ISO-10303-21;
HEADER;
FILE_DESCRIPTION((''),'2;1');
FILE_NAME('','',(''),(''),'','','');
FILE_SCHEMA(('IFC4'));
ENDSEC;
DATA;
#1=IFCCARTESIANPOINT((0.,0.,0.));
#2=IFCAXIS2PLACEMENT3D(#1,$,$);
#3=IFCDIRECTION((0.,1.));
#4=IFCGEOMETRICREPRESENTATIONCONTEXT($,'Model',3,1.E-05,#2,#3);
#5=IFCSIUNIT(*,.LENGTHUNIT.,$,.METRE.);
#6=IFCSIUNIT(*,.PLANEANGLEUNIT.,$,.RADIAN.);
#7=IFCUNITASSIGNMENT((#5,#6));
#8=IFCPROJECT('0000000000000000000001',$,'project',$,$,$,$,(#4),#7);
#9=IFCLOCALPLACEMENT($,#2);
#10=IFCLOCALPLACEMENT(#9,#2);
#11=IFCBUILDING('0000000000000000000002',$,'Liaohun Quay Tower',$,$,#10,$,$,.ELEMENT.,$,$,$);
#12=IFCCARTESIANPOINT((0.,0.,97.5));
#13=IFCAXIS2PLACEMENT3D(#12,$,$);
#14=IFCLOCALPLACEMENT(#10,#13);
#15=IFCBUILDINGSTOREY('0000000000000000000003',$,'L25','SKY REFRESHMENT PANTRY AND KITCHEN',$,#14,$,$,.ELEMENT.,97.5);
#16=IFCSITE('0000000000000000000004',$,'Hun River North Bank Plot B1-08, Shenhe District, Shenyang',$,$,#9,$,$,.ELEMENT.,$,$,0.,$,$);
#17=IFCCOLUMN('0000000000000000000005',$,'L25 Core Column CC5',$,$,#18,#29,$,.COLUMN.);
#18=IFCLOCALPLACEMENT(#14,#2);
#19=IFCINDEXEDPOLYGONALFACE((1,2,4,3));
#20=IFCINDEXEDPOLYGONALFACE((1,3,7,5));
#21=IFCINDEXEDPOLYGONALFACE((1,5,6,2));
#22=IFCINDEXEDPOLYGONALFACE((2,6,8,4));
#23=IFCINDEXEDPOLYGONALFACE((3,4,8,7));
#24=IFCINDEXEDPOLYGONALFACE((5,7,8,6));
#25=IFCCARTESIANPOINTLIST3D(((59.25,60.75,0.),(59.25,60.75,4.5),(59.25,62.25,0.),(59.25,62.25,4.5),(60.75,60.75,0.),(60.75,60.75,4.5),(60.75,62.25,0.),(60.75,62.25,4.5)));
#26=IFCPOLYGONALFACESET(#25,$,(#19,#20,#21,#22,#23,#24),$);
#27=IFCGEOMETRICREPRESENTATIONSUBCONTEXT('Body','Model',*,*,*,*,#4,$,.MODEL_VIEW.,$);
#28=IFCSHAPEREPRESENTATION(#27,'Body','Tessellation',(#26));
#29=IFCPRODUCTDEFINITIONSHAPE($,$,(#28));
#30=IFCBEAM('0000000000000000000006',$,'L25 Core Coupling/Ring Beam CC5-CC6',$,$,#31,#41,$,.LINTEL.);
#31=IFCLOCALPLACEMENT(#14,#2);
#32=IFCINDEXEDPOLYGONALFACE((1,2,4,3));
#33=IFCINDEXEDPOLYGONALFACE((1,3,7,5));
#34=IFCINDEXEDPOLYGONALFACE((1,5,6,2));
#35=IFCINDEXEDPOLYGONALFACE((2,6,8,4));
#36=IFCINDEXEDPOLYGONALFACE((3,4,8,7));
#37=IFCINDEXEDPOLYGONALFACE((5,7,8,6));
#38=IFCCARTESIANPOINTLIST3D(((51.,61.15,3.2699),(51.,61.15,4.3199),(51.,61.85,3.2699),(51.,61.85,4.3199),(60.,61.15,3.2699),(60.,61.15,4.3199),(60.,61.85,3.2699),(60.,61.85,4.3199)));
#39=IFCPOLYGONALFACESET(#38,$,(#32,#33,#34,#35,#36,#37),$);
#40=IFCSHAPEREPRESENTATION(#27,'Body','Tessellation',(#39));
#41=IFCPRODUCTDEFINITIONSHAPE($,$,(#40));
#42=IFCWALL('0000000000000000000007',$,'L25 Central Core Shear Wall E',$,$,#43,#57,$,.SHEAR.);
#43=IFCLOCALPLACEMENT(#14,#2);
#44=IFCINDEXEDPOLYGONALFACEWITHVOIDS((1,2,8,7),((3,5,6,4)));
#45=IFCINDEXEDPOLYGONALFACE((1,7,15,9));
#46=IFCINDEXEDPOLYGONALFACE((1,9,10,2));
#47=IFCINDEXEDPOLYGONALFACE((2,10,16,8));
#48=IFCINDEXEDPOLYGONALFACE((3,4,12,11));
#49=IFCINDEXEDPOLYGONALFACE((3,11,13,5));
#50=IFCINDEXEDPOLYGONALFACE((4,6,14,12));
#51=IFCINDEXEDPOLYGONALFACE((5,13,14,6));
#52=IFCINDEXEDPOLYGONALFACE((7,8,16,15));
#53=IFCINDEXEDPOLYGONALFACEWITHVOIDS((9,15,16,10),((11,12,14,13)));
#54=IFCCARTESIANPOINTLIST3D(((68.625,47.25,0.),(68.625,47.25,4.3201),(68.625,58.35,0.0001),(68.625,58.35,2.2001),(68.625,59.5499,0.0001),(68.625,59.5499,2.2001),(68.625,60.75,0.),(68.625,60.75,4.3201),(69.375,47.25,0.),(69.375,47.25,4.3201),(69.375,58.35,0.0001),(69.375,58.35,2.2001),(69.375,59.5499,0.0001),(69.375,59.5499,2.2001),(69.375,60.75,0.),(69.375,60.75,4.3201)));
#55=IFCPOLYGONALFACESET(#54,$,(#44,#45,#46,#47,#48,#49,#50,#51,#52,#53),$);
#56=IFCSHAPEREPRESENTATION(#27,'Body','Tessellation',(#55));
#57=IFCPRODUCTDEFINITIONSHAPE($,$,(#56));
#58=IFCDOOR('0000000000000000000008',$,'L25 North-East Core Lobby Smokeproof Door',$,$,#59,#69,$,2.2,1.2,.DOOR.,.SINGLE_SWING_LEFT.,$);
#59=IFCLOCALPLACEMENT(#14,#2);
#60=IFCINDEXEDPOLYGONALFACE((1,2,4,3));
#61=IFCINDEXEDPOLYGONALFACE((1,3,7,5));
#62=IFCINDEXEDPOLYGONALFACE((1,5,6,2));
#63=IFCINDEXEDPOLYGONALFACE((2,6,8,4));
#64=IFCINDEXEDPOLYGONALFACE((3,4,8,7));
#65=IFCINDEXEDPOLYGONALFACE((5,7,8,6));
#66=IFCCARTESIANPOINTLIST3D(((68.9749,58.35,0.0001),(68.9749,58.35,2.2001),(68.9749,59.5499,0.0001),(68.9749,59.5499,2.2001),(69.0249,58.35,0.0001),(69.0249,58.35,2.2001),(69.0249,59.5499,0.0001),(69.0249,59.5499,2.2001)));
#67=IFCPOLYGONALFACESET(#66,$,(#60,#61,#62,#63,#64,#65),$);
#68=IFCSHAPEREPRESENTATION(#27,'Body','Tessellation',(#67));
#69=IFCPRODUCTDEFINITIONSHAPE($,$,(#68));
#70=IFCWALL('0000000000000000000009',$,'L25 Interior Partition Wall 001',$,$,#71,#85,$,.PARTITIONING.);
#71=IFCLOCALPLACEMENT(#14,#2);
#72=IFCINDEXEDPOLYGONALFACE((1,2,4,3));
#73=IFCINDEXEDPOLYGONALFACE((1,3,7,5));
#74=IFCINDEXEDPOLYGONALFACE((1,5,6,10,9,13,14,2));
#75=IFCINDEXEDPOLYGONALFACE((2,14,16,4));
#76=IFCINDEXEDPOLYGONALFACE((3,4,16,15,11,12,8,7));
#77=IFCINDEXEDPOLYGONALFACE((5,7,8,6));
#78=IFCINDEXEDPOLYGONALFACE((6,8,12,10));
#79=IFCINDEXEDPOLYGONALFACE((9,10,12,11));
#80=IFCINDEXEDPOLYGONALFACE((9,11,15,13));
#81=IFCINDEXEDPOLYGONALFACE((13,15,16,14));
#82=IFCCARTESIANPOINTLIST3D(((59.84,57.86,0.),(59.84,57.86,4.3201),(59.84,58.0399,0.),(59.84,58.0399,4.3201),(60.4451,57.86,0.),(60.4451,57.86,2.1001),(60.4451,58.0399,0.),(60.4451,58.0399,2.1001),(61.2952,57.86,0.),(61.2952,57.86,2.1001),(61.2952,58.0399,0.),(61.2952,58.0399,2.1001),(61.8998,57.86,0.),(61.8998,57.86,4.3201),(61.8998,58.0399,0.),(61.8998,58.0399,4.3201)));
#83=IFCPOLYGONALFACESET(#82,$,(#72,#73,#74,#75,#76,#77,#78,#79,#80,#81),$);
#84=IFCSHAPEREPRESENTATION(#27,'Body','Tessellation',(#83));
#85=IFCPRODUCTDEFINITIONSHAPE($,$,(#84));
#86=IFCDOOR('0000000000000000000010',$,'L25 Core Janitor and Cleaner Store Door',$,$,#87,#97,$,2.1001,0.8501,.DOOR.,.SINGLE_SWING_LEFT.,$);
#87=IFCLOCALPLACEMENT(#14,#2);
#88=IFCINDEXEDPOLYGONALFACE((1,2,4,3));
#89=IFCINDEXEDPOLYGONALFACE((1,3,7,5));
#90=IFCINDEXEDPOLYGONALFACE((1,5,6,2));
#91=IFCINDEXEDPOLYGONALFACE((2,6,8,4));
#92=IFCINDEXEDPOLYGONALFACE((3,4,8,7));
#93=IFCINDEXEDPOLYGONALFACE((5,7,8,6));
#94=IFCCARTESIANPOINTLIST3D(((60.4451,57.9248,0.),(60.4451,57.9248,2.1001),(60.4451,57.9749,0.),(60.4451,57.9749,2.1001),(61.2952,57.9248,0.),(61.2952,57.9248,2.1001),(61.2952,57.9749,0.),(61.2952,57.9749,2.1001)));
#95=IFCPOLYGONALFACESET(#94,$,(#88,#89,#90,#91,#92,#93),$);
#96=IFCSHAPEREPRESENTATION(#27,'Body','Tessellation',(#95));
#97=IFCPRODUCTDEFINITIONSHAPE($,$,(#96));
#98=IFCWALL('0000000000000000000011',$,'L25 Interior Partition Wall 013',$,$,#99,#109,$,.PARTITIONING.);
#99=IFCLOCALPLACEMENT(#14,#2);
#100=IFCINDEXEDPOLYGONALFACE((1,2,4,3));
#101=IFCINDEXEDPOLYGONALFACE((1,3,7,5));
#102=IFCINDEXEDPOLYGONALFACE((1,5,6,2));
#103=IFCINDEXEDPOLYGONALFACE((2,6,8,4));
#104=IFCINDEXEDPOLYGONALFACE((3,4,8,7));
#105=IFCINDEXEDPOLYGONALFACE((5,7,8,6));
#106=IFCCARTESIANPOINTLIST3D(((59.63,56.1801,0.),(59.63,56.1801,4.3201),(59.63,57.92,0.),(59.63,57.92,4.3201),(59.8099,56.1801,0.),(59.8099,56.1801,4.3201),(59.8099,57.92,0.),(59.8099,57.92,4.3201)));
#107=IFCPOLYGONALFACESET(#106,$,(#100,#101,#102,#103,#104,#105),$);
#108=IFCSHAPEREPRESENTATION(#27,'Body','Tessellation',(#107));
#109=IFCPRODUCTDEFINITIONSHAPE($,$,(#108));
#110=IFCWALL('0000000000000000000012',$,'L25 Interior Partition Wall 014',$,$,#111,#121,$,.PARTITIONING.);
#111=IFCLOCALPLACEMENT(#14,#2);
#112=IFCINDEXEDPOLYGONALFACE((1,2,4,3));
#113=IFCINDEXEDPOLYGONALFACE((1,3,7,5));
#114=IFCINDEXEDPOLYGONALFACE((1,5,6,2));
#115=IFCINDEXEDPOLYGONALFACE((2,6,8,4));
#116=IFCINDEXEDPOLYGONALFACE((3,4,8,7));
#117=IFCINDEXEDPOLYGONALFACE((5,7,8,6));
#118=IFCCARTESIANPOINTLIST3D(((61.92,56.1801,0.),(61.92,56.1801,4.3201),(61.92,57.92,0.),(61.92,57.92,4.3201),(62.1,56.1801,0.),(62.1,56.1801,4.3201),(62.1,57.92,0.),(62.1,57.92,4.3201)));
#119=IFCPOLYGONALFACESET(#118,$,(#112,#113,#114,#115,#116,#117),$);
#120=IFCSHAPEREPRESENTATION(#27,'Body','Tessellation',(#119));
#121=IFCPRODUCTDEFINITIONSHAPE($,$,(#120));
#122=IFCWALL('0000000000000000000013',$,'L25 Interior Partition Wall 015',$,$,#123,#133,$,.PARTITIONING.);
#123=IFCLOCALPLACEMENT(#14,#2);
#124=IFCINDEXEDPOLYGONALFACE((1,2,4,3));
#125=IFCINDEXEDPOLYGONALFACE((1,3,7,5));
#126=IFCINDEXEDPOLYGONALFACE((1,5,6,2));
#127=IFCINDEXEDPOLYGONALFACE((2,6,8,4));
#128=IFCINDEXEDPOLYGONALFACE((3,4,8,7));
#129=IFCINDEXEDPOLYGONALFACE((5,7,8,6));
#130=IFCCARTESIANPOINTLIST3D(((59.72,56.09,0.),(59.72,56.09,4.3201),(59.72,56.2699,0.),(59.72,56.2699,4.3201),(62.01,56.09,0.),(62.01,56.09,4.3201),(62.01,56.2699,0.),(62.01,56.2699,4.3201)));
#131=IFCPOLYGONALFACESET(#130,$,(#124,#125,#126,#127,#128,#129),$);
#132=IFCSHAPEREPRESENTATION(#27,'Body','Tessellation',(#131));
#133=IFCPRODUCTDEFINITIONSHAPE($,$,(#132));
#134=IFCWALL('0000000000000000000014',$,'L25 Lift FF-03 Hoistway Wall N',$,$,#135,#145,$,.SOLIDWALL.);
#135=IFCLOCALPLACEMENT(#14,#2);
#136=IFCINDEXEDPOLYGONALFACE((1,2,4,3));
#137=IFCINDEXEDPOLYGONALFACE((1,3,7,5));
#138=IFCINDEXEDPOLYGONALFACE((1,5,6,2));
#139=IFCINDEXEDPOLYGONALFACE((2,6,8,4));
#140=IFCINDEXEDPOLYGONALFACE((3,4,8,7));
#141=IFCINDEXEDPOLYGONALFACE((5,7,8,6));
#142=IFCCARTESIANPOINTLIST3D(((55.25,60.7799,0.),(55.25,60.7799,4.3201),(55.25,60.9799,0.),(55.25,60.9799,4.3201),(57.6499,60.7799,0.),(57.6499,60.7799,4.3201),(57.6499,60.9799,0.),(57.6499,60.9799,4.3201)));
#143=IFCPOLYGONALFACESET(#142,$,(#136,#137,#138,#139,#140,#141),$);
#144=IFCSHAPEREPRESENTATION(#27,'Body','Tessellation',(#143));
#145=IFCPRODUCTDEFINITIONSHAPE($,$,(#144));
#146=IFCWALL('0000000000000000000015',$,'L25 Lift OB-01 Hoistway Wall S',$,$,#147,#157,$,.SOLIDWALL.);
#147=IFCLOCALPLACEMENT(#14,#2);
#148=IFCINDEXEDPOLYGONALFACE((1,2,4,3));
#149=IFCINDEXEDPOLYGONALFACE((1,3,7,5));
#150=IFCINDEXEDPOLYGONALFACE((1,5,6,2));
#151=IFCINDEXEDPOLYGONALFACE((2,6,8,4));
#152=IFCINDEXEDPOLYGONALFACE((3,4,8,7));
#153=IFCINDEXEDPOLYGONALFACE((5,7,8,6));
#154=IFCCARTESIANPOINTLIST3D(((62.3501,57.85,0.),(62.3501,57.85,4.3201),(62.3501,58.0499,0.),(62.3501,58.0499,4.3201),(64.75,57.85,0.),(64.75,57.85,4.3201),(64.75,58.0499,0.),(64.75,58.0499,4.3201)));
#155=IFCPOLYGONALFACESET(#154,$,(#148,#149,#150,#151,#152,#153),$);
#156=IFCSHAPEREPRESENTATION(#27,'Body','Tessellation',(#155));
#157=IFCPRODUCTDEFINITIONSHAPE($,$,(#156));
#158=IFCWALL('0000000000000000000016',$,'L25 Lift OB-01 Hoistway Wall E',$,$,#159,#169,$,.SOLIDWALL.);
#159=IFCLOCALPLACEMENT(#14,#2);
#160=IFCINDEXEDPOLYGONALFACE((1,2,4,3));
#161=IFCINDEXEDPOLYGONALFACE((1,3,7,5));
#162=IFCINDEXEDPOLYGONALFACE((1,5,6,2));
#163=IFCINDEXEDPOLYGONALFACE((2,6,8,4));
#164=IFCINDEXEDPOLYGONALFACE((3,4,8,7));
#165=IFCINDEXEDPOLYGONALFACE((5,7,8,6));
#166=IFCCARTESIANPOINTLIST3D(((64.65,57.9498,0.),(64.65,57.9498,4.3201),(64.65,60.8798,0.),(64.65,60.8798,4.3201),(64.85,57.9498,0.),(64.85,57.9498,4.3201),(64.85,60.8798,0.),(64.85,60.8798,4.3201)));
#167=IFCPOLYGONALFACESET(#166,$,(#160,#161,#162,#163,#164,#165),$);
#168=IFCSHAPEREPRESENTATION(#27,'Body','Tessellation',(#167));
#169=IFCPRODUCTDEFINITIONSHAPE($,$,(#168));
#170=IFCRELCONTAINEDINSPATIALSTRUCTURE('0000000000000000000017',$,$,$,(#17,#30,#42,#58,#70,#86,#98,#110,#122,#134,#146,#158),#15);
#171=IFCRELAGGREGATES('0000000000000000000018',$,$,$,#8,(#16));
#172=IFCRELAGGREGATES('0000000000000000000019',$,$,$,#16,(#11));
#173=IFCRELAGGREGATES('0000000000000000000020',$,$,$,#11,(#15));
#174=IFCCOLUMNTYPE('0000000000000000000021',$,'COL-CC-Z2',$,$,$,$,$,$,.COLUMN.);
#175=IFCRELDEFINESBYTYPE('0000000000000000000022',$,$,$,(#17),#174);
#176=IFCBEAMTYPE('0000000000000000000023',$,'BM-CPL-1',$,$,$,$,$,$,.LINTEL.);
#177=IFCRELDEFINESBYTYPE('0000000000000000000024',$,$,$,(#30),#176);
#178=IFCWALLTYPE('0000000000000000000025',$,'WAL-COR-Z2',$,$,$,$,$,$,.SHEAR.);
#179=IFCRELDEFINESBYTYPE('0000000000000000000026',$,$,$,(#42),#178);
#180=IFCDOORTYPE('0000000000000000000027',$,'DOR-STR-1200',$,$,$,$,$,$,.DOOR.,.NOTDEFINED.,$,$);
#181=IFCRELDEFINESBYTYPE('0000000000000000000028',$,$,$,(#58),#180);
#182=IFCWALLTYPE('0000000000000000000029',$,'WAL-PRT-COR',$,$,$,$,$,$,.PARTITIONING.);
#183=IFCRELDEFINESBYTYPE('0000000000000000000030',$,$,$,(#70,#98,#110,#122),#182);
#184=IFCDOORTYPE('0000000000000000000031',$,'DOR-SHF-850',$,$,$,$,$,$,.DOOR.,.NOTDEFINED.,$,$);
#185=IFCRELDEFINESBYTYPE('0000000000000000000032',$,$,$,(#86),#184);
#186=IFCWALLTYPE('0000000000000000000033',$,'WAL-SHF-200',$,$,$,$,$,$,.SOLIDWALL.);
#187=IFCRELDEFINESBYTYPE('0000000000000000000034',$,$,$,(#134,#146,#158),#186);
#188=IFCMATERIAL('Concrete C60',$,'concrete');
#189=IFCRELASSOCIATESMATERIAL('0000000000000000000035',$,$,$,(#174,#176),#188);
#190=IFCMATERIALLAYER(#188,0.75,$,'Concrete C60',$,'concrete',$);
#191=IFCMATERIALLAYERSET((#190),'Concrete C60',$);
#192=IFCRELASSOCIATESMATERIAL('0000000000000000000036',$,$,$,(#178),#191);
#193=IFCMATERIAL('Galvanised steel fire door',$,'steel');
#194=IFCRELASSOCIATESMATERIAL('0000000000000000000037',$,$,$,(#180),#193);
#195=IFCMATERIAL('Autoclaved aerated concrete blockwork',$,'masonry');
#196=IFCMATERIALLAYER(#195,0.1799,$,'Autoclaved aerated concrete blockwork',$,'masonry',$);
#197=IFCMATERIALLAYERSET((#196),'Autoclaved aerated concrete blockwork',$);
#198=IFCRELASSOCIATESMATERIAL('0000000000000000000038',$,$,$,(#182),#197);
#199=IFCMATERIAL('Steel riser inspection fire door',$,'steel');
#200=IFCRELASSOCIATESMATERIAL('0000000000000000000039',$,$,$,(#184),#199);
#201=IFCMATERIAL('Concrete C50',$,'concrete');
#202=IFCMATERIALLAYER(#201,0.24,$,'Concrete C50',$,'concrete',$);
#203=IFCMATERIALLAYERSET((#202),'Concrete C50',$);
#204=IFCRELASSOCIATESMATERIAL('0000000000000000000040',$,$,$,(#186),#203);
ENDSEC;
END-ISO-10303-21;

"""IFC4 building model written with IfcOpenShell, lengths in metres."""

from ifc_helpers import new_model, si_unit, direction, frame, frame_2d, origin, origin_2d, place, context, subcontext, project, spatial, rectangle, extrude, source, transform, mapped, material, layer, layer_set, material_profile, profile_set, type_object, element, fill, save


model = new_model("IFC4")

# Units and contexts
model_context = context("Model", 3, precision=1e-05, world=origin(), true_north=direction((0.0, 1.0)))
body_context = subcontext(model_context, "Body", "Model", "MODEL_VIEW")
ifc_project = project(units=[si_unit("LENGTHUNIT", "METRE"), si_unit("PLANEANGLEUNIT", "RADIAN")], contexts=[model_context])

# Site, building, storey
site_placement = place(None, origin())
site = spatial("IfcSite", under=ifc_project, at=site_placement, Name="Hun River North Bank Plot B1-08, Shenhe District, Shenyang", CompositionType="ELEMENT", RefElevation=0.0)
building_placement = place(site_placement, origin())
building = spatial("IfcBuilding", under=site, at=building_placement, Name="Liaohun Quay Tower", CompositionType="ELEMENT")
storey_placement = place(building_placement, frame((0.0, 0.0, 97.5)))
storey = spatial("IfcBuildingStorey", under=building, at=storey_placement, Name="L25", Description="SKY REFRESHMENT PANTRY AND KITCHEN", CompositionType="ELEMENT", Elevation=97.5)

# Column
ifc_material_1 = material(Name="Concrete C60", Category="concrete")
ifc_material_profile_1 = material_profile(ifc_material_1, rectangle(XDim=1.5, YDim=1.5, at=origin_2d()), Name="RC1500x1500")
ifc_profile_set_1 = profile_set([ifc_material_profile_1], Name="Concrete C60")
column_type = type_object("IfcColumnType", Name="COL-CC-Z2", PredefinedType="COLUMN", material=ifc_profile_set_1)
shared_shape_1 = source(origin(), body_context, "Body", "SweptSolid", [
    extrude(rectangle(XDim=1.5, YDim=1.5, at=origin_2d()), origin(), (0.0, 0.0, 1.0), 4.5),
])
column_placement = place(storey_placement, frame((60.0, 61.5, 0.0), z_axis=(0.0, 0.0, 1.0), x_axis=(1.0, 0.0, 0.0)))
element("IfcColumn", 1, at=column_placement, inside=storey, type_object=column_type, Name="L25 Core Column CC5", PredefinedType="COLUMN", context=body_context, shape_type="MappedRepresentation", body=[
    mapped(shared_shape_1, transform((0.0, 0.0, 0.0), x_axis=(1.0, 0.0, 0.0), y_axis=(0.0, 1.0, 0.0), z_axis=(0.0, 0.0, 1.0), scale=1.0)),
])

# Beam
ifc_material_profile_2 = material_profile(ifc_material_1, rectangle(XDim=0.7, YDim=1.05, at=origin_2d()), Name="RC700x1050")
ifc_profile_set_2 = profile_set([ifc_material_profile_2], Name="Concrete C60")
beam_type = type_object("IfcBeamType", Name="BM-CPL-1", PredefinedType="LINTEL", material=ifc_profile_set_2)
shared_shape_2 = source(origin(), body_context, "Body", "SweptSolid", [
    extrude(rectangle(XDim=0.7, YDim=1.05, at=origin_2d()), origin(), (0.0, 0.0, 1.0), 9.0),
])
beam_placement = place(storey_placement, frame((60.0, 61.5, 3.7949), z_axis=(-1.0, 0.0, 0.0), x_axis=(0.0, -1.0, 0.0)))
element("IfcBeam", 2, at=beam_placement, inside=storey, type_object=beam_type, Name="L25 Core Coupling/Ring Beam CC5-CC6", PredefinedType="LINTEL", context=body_context, shape_type="MappedRepresentation", body=[
    mapped(shared_shape_2, transform((0.0, 0.0, 0.0), x_axis=(1.0, 0.0, 0.0), y_axis=(0.0, 1.0, 0.0), z_axis=(0.0, 0.0, 1.0), scale=1.0)),
])

# Walls, openings, doors
ifc_layer_1 = layer(ifc_material_1, 0.75, Name="Concrete C60", Category="concrete")
ifc_layer_set_1 = layer_set([ifc_layer_1], Name="Concrete C60")
wall_type_1 = type_object("IfcWallType", Name="WAL-COR-Z2", PredefinedType="SHEAR", material=ifc_layer_set_1)
wall_1_placement = place(storey_placement, frame((69.0, 60.75, 0.0), z_axis=(0.0, 0.0, 1.0), x_axis=(0.0, -1.0, 0.0)))
wall_1 = element("IfcWall", 3, at=wall_1_placement, inside=storey, type_object=wall_type_1, Name="L25 Central Core Shear Wall E", PredefinedType="SHEAR", context=body_context, shape_type="SweptSolid", body=[
    extrude(rectangle(XDim=13.5, YDim=0.75, at=frame_2d((6.75, 0.0))), origin(), (0.0, 0.0, 1.0), 4.3201),
])
shared_shape_3 = source(origin(), body_context, "Body", "SweptSolid", [
    extrude(rectangle(XDim=1.2, YDim=2.2, at=frame_2d((0.6001, 1.1001))), frame((0.0, 0.385, 0.0), z_axis=(0.0, -1.0, 0.0), x_axis=(1.0, 0.0, 0.0)), (0.0, 0.0, 1.0), 0.77),
])
opening_1_placement = place(wall_1_placement, frame((1.2, 0.0, 0.0)))
opening_1 = element("IfcOpeningElement", 4, at=opening_1_placement, cuts=wall_1, PredefinedType="OPENING", context=body_context, shape_type="MappedRepresentation", body=[
    mapped(shared_shape_3, transform((0.0, 0.0, 0.0), x_axis=(1.0, 0.0, 0.0), y_axis=(0.0, 1.0, 0.0), z_axis=(0.0, 0.0, 1.0), scale=1.0)),
])
ifc_material_2 = material(Name="Galvanised steel fire door", Category="steel")
door_type_1 = type_object("IfcDoorType", Name="DOR-STR-1200", OperationType="NOTDEFINED", PredefinedType="DOOR", material=ifc_material_2)
shared_shape_4 = source(origin(), body_context, "Body", "SweptSolid", [
    extrude(rectangle(XDim=1.2, YDim=2.2, at=frame_2d((0.6001, 1.1001))), frame((0.0, 0.0249, 0.0), z_axis=(0.0, -1.0, 0.0), x_axis=(1.0, 0.0, 0.0)), (0.0, 0.0, 1.0), 0.05),
])
door_1_placement = place(opening_1_placement, origin())
door_1 = element("IfcDoor", 5, at=door_1_placement, inside=storey, type_object=door_type_1, Name="L25 North-East Core Lobby Smokeproof Door", OperationType="SINGLE_SWING_LEFT", OverallHeight=2.2, OverallWidth=1.2, PredefinedType="DOOR", context=body_context, shape_type="MappedRepresentation", body=[
    mapped(shared_shape_4, transform((0.0, 0.0, 0.0), x_axis=(1.0, 0.0, 0.0), y_axis=(0.0, 1.0, 0.0), z_axis=(0.0, 0.0, 1.0), scale=1.0)),
])
fill(opening_1, door_1)
ifc_material_3 = material(Name="Autoclaved aerated concrete blockwork", Category="masonry")
ifc_layer_2 = layer(ifc_material_3, 0.1799, Name="Autoclaved aerated concrete blockwork", Category="masonry")
ifc_layer_set_2 = layer_set([ifc_layer_2], Name="Autoclaved aerated concrete blockwork")
wall_type_2 = type_object("IfcWallType", Name="WAL-PRT-COR", PredefinedType="PARTITIONING", material=ifc_layer_set_2)
wall_2_placement = place(storey_placement, frame((59.8401, 57.95, 0.0), z_axis=(0.0, 0.0, 1.0), x_axis=(1.0, 0.0, 0.0)))
wall_2 = element("IfcWall", 6, at=wall_2_placement, inside=storey, type_object=wall_type_2, Name="L25 Interior Partition Wall 001", PredefinedType="PARTITIONING", context=body_context, shape_type="SweptSolid", body=[
    extrude(rectangle(XDim=2.0598, YDim=0.1799, at=frame_2d((1.0298, 0.0))), origin(), (0.0, 0.0, 1.0), 4.3201),
])
shared_shape_5 = source(origin(), body_context, "Body", "SweptSolid", [
    extrude(rectangle(XDim=0.8501, YDim=2.1001, at=frame_2d((0.425, 1.05))), frame((0.0, 0.0999, 0.0), z_axis=(0.0, -1.0, 0.0), x_axis=(1.0, 0.0, 0.0)), (0.0, 0.0, 1.0), 0.2),
])
opening_2_placement = place(wall_2_placement, frame((0.605, 0.0, 0.0)))
opening_2 = element("IfcOpeningElement", 7, at=opening_2_placement, cuts=wall_2, PredefinedType="OPENING", context=body_context, shape_type="MappedRepresentation", body=[
    mapped(shared_shape_5, transform((0.0, 0.0, 0.0), x_axis=(1.0, 0.0, 0.0), y_axis=(0.0, 1.0, 0.0), z_axis=(0.0, 0.0, 1.0), scale=1.0)),
])
ifc_material_4 = material(Name="Steel riser inspection fire door", Category="steel")
door_type_2 = type_object("IfcDoorType", Name="DOR-SHF-850", OperationType="NOTDEFINED", PredefinedType="DOOR", material=ifc_material_4)
shared_shape_6 = source(origin(), body_context, "Body", "SweptSolid", [
    extrude(rectangle(XDim=0.8501, YDim=2.1001, at=frame_2d((0.425, 1.05))), frame((0.0, 0.0249, 0.0), z_axis=(0.0, -1.0, 0.0), x_axis=(1.0, 0.0, 0.0)), (0.0, 0.0, 1.0), 0.05),
])
door_2_placement = place(opening_2_placement, origin())
door_2 = element("IfcDoor", 8, at=door_2_placement, inside=storey, type_object=door_type_2, Name="L25 Core Janitor and Cleaner Store Door", OperationType="SINGLE_SWING_LEFT", OverallHeight=2.1001, OverallWidth=0.8501, PredefinedType="DOOR", context=body_context, shape_type="MappedRepresentation", body=[
    mapped(shared_shape_6, transform((0.0, 0.0, 0.0), x_axis=(1.0, 0.0, 0.0), y_axis=(0.0, 1.0, 0.0), z_axis=(0.0, 0.0, 1.0), scale=1.0)),
])
fill(opening_2, door_2)

# Walls
for number, where, z_axis, x_axis, name in (
    (9, (59.72, 56.1799, 0.0), (0.0, 0.0, 1.0), (0.0, 1.0, 0.0), "L25 Interior Partition Wall 013"),
    (10, (62.01, 56.1799, 0.0), (0.0, 0.0, 1.0), (0.0, 1.0, 0.0), "L25 Interior Partition Wall 014"),
):
    element("IfcWall", number, at=place(storey_placement, frame(where, z_axis=z_axis, x_axis=x_axis)), inside=storey, type_object=wall_type_2, Name=name, PredefinedType="PARTITIONING", context=body_context, shape_type="SweptSolid", body=[
        extrude(rectangle(XDim=1.74, YDim=0.1799, at=frame_2d((0.8701, 0.0))), origin(), (0.0, 0.0, 1.0), 4.3201),
    ])
wall_3_placement = place(storey_placement, frame((59.72, 56.1799, 0.0), z_axis=(0.0, 0.0, 1.0), x_axis=(1.0, 0.0, 0.0)))
element("IfcWall", 11, at=wall_3_placement, inside=storey, type_object=wall_type_2, Name="L25 Interior Partition Wall 015", PredefinedType="PARTITIONING", context=body_context, shape_type="SweptSolid", body=[
    extrude(rectangle(XDim=2.29, YDim=0.1799, at=frame_2d((1.145, 0.0))), origin(), (0.0, 0.0, 1.0), 4.3201),
])
ifc_material_5 = material(Name="Concrete C50", Category="concrete")
ifc_layer_3 = layer(ifc_material_5, 0.24, Name="Concrete C50", Category="concrete")
ifc_layer_set_3 = layer_set([ifc_layer_3], Name="Concrete C50")
wall_type_3 = type_object("IfcWallType", Name="WAL-SHF-200", PredefinedType="SOLIDWALL", material=ifc_layer_set_3)
for number, where, z_axis, x_axis, name in (
    (12, (57.6499, 60.8799, 0.0), (0.0, 0.0, 1.0), (-1.0, 0.0, 0.0), "L25 Lift FF-03 Hoistway Wall N"),
    (13, (62.3501, 57.95, 0.0), (0.0, 0.0, 1.0), (1.0, 0.0, 0.0), "L25 Lift OB-01 Hoistway Wall S"),
):
    element("IfcWall", number, at=place(storey_placement, frame(where, z_axis=z_axis, x_axis=x_axis)), inside=storey, type_object=wall_type_3, Name=name, PredefinedType="SOLIDWALL", context=body_context, shape_type="SweptSolid", body=[
        extrude(rectangle(XDim=2.3999, YDim=0.2, at=frame_2d((1.2, 0.0))), origin(), (0.0, 0.0, 1.0), 4.3201),
    ])
wall_4_placement = place(storey_placement, frame((64.75, 57.95, 0.0), z_axis=(0.0, 0.0, 1.0), x_axis=(0.0, 1.0, 0.0)))
element("IfcWall", 14, at=wall_4_placement, inside=storey, type_object=wall_type_3, Name="L25 Lift OB-01 Hoistway Wall E", PredefinedType="SOLIDWALL", context=body_context, shape_type="SweptSolid", body=[
    extrude(rectangle(XDim=2.9299, YDim=0.2, at=frame_2d((1.4648, 0.0))), origin(), (0.0, 0.0, 1.0), 4.3201),
])

save(model, "model.ifc")
